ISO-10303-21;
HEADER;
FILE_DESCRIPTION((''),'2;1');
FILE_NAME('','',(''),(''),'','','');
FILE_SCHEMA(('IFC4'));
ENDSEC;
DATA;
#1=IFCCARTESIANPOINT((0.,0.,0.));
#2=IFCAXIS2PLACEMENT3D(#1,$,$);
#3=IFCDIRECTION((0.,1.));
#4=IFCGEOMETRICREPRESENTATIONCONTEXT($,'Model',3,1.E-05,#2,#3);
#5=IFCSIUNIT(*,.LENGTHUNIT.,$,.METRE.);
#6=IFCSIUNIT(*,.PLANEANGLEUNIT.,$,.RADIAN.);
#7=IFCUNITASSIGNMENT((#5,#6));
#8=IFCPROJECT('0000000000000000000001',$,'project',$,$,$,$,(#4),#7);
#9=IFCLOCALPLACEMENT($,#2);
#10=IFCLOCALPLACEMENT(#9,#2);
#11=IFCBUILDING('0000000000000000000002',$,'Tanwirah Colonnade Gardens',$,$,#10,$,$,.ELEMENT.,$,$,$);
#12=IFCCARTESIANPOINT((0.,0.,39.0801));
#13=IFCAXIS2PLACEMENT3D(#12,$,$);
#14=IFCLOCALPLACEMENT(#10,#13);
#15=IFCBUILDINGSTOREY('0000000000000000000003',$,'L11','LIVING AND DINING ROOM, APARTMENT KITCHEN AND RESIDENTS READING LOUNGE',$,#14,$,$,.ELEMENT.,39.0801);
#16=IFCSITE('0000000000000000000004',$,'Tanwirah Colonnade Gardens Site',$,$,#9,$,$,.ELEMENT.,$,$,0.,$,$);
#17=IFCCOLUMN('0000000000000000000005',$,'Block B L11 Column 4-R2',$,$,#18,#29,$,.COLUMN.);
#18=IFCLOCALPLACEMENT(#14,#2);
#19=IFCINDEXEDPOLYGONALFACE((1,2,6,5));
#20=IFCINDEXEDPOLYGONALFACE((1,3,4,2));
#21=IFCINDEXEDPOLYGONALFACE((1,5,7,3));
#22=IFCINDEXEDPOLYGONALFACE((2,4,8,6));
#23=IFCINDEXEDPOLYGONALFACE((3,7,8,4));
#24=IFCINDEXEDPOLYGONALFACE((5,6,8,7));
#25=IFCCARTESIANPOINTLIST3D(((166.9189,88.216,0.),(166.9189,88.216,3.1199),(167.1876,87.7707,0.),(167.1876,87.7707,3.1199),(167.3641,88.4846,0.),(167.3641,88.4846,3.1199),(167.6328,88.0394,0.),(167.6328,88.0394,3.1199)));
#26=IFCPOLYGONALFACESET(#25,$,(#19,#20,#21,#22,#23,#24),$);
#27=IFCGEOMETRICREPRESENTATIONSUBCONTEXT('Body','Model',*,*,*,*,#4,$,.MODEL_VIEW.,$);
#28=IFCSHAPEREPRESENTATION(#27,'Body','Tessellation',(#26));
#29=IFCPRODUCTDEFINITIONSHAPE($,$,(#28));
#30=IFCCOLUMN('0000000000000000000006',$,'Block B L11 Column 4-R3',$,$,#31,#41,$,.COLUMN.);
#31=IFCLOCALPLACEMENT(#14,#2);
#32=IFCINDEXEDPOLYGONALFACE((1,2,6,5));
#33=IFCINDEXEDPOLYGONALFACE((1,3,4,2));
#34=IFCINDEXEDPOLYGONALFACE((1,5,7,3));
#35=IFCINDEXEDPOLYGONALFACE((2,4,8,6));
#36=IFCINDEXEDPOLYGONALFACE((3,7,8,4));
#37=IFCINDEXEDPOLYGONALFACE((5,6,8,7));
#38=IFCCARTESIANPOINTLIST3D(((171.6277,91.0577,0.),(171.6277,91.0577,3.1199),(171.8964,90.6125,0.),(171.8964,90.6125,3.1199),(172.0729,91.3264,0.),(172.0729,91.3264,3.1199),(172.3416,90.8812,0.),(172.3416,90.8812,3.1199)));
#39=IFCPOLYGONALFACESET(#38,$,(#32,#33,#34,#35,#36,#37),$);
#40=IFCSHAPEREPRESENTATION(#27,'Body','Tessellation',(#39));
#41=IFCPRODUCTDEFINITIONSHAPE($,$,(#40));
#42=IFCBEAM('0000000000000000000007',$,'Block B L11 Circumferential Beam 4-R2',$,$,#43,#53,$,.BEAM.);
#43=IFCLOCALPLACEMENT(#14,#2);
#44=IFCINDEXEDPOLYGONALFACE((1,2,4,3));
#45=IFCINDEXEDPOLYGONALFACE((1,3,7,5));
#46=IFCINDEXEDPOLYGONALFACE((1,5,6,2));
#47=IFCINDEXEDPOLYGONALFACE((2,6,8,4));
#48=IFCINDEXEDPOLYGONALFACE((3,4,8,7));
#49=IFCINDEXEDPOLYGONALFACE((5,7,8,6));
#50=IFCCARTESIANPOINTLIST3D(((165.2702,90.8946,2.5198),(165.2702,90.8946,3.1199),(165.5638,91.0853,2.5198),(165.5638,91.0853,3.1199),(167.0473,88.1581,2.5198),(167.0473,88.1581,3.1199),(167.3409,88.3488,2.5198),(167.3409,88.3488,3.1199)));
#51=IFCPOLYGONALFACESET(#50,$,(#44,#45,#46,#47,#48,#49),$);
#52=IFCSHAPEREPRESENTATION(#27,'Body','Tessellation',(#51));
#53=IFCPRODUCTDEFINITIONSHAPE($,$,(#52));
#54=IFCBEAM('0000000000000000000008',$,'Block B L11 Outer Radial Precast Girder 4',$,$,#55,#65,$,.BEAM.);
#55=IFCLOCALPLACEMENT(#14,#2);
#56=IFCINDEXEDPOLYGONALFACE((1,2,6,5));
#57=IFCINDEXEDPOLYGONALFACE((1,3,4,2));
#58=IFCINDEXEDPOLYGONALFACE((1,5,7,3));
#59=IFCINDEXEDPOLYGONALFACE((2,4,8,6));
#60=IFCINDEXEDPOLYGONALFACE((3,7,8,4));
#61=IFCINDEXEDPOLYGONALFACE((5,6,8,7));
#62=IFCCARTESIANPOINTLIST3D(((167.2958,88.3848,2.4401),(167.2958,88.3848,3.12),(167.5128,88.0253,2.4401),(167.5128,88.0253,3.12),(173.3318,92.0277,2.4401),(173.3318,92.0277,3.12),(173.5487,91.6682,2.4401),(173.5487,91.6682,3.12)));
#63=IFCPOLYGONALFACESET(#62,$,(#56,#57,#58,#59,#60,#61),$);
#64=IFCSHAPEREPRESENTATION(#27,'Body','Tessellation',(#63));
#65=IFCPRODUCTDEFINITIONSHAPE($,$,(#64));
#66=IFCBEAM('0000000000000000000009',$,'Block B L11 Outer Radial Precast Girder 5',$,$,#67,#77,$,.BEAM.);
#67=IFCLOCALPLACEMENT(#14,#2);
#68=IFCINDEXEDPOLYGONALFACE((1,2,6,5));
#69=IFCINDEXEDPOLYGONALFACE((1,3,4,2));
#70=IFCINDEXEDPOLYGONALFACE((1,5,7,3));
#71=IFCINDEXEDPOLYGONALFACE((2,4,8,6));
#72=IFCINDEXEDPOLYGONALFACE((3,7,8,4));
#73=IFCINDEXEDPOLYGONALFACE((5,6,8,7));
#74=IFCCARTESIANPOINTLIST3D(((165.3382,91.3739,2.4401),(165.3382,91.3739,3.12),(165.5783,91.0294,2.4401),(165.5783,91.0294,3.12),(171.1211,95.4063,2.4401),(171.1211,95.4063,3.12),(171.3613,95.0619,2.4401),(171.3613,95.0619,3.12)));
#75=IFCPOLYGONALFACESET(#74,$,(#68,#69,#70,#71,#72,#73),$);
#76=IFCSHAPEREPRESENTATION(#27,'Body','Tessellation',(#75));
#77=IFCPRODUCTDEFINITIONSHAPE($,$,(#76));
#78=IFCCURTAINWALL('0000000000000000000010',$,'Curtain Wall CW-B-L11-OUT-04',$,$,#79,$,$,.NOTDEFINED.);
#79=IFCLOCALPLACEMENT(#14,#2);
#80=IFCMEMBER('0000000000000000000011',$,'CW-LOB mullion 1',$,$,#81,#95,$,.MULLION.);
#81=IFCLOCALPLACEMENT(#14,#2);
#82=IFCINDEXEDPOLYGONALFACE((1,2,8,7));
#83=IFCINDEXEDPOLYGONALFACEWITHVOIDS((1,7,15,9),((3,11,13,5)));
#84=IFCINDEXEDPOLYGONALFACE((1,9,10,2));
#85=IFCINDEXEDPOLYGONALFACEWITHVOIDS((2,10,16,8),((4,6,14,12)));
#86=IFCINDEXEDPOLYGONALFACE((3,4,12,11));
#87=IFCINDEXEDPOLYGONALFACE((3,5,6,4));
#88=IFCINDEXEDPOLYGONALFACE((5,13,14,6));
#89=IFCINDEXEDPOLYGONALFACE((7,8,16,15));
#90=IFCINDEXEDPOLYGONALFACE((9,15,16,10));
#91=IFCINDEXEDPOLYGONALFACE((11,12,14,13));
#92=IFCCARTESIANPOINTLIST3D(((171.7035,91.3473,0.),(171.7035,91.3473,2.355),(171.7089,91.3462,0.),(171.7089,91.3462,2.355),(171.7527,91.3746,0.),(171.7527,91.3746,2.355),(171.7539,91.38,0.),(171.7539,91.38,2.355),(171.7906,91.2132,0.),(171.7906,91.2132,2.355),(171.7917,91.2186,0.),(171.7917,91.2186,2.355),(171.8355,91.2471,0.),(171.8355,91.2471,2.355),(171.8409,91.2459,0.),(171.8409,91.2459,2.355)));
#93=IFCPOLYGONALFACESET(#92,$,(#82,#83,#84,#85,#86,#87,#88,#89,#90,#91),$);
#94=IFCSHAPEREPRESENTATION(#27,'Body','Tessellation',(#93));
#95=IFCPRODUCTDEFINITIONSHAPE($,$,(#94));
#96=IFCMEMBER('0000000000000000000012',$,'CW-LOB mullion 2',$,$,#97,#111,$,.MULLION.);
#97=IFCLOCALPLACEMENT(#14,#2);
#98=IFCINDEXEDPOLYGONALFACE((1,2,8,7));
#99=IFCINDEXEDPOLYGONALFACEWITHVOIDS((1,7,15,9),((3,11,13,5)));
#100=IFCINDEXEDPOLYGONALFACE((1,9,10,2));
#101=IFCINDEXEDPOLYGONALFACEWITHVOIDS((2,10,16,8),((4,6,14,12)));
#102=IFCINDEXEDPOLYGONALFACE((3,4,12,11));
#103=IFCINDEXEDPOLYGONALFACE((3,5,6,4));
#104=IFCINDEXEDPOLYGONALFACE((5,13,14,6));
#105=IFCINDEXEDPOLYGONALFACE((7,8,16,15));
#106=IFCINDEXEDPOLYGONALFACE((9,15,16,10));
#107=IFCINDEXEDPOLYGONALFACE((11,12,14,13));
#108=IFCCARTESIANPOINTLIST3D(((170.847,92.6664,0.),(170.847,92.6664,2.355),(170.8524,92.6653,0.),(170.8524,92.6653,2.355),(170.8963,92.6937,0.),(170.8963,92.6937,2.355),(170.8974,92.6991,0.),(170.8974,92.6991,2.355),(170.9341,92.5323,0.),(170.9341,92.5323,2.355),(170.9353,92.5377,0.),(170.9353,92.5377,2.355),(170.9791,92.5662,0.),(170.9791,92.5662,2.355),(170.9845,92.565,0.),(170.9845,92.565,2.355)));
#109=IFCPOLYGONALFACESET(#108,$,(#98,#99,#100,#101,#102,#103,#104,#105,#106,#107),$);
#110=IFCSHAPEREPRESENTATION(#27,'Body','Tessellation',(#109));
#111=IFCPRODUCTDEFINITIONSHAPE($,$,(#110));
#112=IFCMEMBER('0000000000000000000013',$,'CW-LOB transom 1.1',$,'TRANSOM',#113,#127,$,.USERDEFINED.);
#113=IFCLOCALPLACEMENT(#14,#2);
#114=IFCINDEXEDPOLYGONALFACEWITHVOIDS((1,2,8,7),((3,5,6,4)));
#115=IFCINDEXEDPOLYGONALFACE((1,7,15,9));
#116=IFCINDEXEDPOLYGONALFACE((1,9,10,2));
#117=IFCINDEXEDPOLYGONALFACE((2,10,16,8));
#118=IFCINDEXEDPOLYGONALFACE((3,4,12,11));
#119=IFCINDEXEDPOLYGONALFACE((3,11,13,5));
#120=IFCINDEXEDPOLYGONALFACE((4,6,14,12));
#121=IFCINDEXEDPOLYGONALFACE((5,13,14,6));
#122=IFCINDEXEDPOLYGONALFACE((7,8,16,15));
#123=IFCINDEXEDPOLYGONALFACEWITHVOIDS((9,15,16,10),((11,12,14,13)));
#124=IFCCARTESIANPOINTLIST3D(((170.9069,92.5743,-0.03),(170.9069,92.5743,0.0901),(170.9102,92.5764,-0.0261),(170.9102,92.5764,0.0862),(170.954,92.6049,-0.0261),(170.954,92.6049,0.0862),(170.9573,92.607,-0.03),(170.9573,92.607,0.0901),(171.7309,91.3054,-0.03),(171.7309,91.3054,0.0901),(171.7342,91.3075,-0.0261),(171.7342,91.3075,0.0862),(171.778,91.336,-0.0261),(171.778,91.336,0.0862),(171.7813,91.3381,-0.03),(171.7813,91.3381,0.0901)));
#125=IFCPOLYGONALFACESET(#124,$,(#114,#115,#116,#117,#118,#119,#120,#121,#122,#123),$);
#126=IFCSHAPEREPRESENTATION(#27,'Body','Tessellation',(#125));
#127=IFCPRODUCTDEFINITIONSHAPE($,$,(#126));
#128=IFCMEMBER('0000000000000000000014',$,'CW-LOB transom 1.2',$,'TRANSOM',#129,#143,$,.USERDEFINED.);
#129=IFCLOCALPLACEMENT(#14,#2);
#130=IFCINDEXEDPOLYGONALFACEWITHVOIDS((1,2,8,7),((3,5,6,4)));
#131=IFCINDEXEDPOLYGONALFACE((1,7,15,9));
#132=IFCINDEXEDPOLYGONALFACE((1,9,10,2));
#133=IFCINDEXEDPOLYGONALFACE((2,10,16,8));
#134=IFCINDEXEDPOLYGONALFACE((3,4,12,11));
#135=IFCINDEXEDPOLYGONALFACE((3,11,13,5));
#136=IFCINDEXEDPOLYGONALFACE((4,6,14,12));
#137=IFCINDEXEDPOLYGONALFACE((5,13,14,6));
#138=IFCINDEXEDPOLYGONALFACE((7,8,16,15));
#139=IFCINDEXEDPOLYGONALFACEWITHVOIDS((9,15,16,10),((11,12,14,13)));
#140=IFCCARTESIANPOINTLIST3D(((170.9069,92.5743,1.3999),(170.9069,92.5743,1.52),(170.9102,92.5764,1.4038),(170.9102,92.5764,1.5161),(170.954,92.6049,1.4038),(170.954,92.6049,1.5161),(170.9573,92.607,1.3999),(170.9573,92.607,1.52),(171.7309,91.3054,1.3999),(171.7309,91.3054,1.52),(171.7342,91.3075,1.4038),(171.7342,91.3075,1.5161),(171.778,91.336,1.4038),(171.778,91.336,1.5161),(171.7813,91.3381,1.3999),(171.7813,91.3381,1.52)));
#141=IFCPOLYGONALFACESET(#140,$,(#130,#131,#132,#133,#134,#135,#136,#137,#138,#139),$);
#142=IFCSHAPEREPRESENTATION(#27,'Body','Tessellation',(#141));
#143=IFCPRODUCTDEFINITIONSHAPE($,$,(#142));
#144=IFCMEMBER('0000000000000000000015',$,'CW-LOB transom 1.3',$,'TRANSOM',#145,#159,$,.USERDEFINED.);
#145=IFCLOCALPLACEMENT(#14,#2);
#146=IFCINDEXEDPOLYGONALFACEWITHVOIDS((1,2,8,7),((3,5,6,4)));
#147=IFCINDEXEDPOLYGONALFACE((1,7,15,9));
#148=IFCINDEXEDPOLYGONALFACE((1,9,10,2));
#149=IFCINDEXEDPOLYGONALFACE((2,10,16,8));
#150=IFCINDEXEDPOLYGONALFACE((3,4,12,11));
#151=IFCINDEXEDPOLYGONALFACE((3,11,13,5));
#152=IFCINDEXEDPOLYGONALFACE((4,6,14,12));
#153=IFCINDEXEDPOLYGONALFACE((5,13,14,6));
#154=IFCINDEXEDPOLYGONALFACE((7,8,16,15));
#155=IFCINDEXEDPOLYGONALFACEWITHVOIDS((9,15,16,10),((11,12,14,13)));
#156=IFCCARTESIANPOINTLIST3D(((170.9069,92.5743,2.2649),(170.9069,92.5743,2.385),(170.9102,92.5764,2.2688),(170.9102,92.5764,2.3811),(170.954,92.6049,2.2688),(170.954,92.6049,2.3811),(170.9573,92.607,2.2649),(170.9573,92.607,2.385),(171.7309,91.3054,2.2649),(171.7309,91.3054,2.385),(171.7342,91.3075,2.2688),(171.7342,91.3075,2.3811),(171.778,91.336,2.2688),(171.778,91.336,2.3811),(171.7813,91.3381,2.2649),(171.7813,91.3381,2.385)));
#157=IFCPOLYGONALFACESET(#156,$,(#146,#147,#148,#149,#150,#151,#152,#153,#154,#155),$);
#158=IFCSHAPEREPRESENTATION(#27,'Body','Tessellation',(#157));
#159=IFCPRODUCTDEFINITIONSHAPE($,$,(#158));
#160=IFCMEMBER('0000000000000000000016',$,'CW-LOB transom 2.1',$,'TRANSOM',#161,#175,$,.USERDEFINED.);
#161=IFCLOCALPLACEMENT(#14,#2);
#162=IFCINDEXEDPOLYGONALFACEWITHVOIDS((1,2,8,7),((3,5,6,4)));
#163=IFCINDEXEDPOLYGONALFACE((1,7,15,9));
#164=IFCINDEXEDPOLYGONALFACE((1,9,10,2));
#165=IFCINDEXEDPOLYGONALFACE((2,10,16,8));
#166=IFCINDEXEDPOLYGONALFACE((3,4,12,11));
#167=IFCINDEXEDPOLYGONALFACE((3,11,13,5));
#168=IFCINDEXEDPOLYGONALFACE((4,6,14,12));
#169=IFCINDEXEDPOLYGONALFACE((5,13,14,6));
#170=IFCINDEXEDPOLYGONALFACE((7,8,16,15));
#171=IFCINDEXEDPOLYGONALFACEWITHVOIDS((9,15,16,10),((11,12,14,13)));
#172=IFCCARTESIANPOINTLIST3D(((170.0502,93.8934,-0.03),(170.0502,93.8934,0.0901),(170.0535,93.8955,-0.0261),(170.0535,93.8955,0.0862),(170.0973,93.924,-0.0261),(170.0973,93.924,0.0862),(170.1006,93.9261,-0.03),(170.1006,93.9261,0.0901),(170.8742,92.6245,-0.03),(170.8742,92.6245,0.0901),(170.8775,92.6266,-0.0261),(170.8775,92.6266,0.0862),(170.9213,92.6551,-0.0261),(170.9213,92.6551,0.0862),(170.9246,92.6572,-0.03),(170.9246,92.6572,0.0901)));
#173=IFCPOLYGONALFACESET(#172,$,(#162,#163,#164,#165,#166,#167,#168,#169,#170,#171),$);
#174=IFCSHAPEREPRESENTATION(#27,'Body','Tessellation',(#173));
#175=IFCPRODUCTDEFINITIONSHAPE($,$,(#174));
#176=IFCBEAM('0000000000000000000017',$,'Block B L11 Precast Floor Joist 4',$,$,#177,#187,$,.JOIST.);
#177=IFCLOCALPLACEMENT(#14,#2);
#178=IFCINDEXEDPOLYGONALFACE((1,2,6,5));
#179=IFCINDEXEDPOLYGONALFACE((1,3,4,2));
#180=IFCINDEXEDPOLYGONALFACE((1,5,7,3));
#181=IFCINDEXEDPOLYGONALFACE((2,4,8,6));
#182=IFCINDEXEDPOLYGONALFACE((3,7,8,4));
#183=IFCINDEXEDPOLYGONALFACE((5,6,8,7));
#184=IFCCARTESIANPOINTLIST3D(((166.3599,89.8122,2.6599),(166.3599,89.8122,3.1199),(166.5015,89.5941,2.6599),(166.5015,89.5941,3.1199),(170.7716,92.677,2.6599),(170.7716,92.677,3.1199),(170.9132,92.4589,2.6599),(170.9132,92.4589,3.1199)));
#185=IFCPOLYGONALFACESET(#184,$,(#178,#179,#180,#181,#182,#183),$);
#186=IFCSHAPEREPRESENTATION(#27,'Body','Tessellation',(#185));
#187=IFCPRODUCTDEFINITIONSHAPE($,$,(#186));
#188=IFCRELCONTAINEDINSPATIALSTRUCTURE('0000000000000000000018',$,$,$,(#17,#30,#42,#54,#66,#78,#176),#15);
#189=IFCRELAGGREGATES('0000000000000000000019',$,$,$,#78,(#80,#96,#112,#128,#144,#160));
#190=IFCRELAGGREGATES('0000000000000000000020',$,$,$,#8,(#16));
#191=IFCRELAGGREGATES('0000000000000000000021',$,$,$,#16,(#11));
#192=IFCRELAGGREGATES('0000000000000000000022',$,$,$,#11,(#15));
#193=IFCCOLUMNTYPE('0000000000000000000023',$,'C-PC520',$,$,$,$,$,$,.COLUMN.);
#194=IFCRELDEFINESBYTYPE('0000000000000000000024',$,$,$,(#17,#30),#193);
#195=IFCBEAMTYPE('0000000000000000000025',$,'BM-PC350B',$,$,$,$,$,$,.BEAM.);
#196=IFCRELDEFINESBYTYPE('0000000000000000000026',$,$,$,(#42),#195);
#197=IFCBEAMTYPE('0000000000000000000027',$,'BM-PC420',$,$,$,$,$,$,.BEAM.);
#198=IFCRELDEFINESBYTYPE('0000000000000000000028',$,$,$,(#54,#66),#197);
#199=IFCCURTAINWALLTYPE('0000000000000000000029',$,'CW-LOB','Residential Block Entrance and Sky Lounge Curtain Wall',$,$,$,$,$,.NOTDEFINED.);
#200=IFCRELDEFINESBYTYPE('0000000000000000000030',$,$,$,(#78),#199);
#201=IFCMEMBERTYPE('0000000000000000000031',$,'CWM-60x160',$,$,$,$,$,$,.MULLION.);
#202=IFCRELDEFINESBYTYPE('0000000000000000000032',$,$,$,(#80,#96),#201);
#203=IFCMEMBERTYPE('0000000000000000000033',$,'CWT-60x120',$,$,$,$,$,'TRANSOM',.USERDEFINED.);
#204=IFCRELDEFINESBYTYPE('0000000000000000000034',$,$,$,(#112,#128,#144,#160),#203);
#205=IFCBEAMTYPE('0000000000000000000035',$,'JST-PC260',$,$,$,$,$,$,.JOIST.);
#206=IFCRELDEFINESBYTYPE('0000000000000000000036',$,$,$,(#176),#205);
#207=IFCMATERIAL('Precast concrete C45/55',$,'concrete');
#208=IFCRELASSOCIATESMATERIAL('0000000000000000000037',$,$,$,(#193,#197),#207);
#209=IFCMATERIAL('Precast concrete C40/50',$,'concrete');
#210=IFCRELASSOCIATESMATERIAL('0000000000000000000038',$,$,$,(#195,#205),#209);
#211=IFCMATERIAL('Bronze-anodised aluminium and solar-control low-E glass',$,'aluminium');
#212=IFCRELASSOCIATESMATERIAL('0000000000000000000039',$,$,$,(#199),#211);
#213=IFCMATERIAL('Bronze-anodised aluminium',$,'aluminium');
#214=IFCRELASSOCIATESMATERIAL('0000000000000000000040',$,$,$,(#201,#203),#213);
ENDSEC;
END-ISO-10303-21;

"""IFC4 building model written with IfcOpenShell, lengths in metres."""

from ifc_helpers import new_model, si_unit, direction, frame, origin, origin_2d, place, context, subcontext, project, spatial, rectangle, hollow_rectangle, extrude, material, material_profile, profile_set, type_object, element, aggregate, save


model = new_model("IFC4")

# Units and contexts
model_context = context("Model", 3, precision=1e-05, world=origin(), true_north=direction((0.0, 1.0)))
body_context = subcontext(model_context, "Body", "Model", "MODEL_VIEW")
ifc_project = project(units=[si_unit("LENGTHUNIT", "METRE"), si_unit("PLANEANGLEUNIT", "RADIAN")], contexts=[model_context])

# Site, building, storey
site_placement = place(None, origin())
site = spatial("IfcSite", under=ifc_project, at=site_placement, Name="Tanwirah Colonnade Gardens Site", CompositionType="ELEMENT", RefElevation=0.0)
building_placement = place(site_placement, origin())
building = spatial("IfcBuilding", under=site, at=building_placement, Name="Tanwirah Colonnade Gardens", CompositionType="ELEMENT")
storey_placement = place(building_placement, frame((0.0, 0.0, 39.0801)))
storey = spatial("IfcBuildingStorey", under=building, at=storey_placement, Name="L11", Description="LIVING AND DINING ROOM, APARTMENT KITCHEN AND RESIDENTS READING LOUNGE", CompositionType="ELEMENT", Elevation=39.0801)

# Columns
ifc_material_1 = material(Name="Precast concrete C45/55", Category="concrete")
ifc_material_profile_1 = material_profile(ifc_material_1, rectangle(XDim=0.52, YDim=0.52, at=origin_2d()), Name="PC-COL 520x520")
ifc_profile_set_1 = profile_set([ifc_material_profile_1], Name="Precast concrete C45/55")
column_type = type_object("IfcColumnType", Name="C-PC520", PredefinedType="COLUMN", material=ifc_profile_set_1)
for number, where, z_axis, x_axis, name in (
    (1, (167.2759, 88.1277, 0.0), (0.0, 0.0, 1.0), (0.856167, 0.516699, 0.0), "Block B L11 Column 4-R2"),
    (2, (171.9846, 90.9695, 0.0), (0.0, 0.0, 1.0), (0.856167, 0.516699, 0.0), "Block B L11 Column 4-R3"),
):
    element("IfcColumn", number, at=place(storey_placement, frame(where, z_axis=z_axis, x_axis=x_axis)), inside=storey, type_object=column_type, Name=name, PredefinedType="COLUMN", context=body_context, shape_type="SweptSolid", body=[
        extrude(rectangle(XDim=0.52, YDim=0.52, at=origin_2d()), origin(), (0.0, 0.0, 1.0), 3.1199),
    ])

# Beams
ifc_material_2 = material(Name="Precast concrete C40/50", Category="concrete")
ifc_material_profile_2 = material_profile(ifc_material_2, rectangle(XDim=0.3501, YDim=0.6001, at=origin_2d()), Name="PC-BM 350x600")
ifc_profile_set_2 = profile_set([ifc_material_profile_2], Name="Precast concrete C40/50")
beam_type_1 = type_object("IfcBeamType", Name="BM-PC350B", PredefinedType="BEAM", material=ifc_profile_set_2)
beam_1_placement = place(storey_placement, frame((167.1941, 88.2534, 2.8198), z_axis=(-0.544628, 0.838678, 0.0), x_axis=(-0.838678, -0.544628, 0.0)))
element("IfcBeam", 3, at=beam_1_placement, inside=storey, type_object=beam_type_1, Name="Block B L11 Circumferential Beam 4-R2", PredefinedType="BEAM", context=body_context, shape_type="SweptSolid", body=[
    extrude(rectangle(XDim=0.3501, YDim=0.6001, at=origin_2d()), origin(), (0.0, 0.0, 1.0), 3.2629),
])
ifc_material_profile_3 = material_profile(ifc_material_1, rectangle(XDim=0.4199, YDim=0.6799, at=origin_2d()), Name="PC-BM 420x680")
ifc_profile_set_3 = profile_set([ifc_material_profile_3], Name="Precast concrete C45/55")
beam_type_2 = type_object("IfcBeamType", Name="BM-PC420", PredefinedType="BEAM", material=ifc_profile_set_3)
for number, where, z_axis, x_axis, name in (
    (4, (167.4043, 88.2051, 2.78), (0.856158, 0.516714, 0.0), (-0.516714, 0.856158, 0.0), "Block B L11 Outer Radial Precast Girder 4"),
    (5, (165.4583, 91.2017, 2.78), (0.82027, 0.571976, 0.0), (-0.571976, 0.82027, 0.0), "Block B L11 Outer Radial Precast Girder 5"),
):
    element("IfcBeam", number, at=place(storey_placement, frame(where, z_axis=z_axis, x_axis=x_axis)), inside=storey, type_object=beam_type_2, Name=name, PredefinedType="BEAM", context=body_context, shape_type="SweptSolid", body=[
        extrude(rectangle(XDim=0.4199, YDim=0.6799, at=origin_2d()), origin(), (0.0, 0.0, 1.0), 7.05),
    ])

# Curtain wall, members
ifc_material_3 = material(Name="Bronze-anodised aluminium and solar-control low-E glass", Category="aluminium")
curtain_wall_type = type_object("IfcCurtainWallType", Name="CW-LOB", Description="Residential Block Entrance and Sky Lounge Curtain Wall", PredefinedType="NOTDEFINED", material=ifc_material_3)
curtain_wall_placement = place(storey_placement, origin())
curtain_wall = element("IfcCurtainWall", 6, at=curtain_wall_placement, inside=storey, type_object=curtain_wall_type, Name="Curtain Wall CW-B-L11-OUT-04", PredefinedType="NOTDEFINED")
ifc_material_4 = material(Name="Bronze-anodised aluminium", Category="aluminium")
ifc_material_profile_4 = material_profile(ifc_material_4, hollow_rectangle(XDim=0.0601, YDim=0.1599, WallThickness=0.0039, at=origin_2d()), Name="CW-MUL 60x160x4")
ifc_profile_set_4 = profile_set([ifc_material_profile_4], Name="Bronze-anodised aluminium")
member_type_1 = type_object("IfcMemberType", Name="CWM-60x160", PredefinedType="MULLION", material=ifc_profile_set_4)
member_1_placement = place(storey_placement, frame((171.7722, 91.2966, 0.0), z_axis=(0.0, 0.0, 1.0), x_axis=(-0.83867, -0.54464, 0.0)))
member_1 = element("IfcMember", 7, at=member_1_placement, type_object=member_type_1, Name="CW-LOB mullion 1", PredefinedType="MULLION", context=body_context, shape_type="SweptSolid", body=[
    extrude(hollow_rectangle(XDim=0.0601, YDim=0.1599, WallThickness=0.0039, at=origin_2d()), origin(), (0.0, 0.0, 1.0), 2.355),
])
member_2_placement = place(storey_placement, frame((170.9158, 92.6157, 0.0), z_axis=(0.0, 0.0, 1.0), x_axis=(-0.83867, -0.54464, 0.0)))
member_2 = element("IfcMember", 8, at=member_2_placement, type_object=member_type_1, Name="CW-LOB mullion 2", PredefinedType="MULLION", context=body_context, shape_type="SweptSolid", body=[
    extrude(hollow_rectangle(XDim=0.0601, YDim=0.1599, WallThickness=0.0039, at=origin_2d()), origin(), (0.0, 0.0, 1.0), 2.355),
])
ifc_material_profile_5 = material_profile(ifc_material_4, hollow_rectangle(XDim=0.0601, YDim=0.1201, WallThickness=0.0039, at=origin_2d()), Name="CW-TRN 60x120x4")
ifc_profile_set_5 = profile_set([ifc_material_profile_5], Name="Bronze-anodised aluminium")
member_type_2 = type_object("IfcMemberType", Name="CWT-60x120", ElementType="TRANSOM", PredefinedType="USERDEFINED", material=ifc_profile_set_5)
member_3_placement = place(storey_placement, frame((171.7561, 91.3218, 0.03), z_axis=(-0.544642, 0.838668, 0.0), x_axis=(-0.838668, -0.544642, 0.0)))
member_3 = element("IfcMember", 9, at=member_3_placement, type_object=member_type_2, Name="CW-LOB transom 1.1", ObjectType="TRANSOM", PredefinedType="USERDEFINED", context=body_context, shape_type="SweptSolid", body=[
    extrude(hollow_rectangle(XDim=0.0601, YDim=0.1201, WallThickness=0.0039, at=origin_2d()), origin(), (0.0, 0.0, 1.0), 1.5129),
])
member_4_placement = place(storey_placement, frame((171.7561, 91.3218, 1.46), z_axis=(-0.544642, 0.838668, 0.0), x_axis=(-0.838668, -0.544642, 0.0)))
member_4 = element("IfcMember", 10, at=member_4_placement, type_object=member_type_2, Name="CW-LOB transom 1.2", ObjectType="TRANSOM", PredefinedType="USERDEFINED", context=body_context, shape_type="SweptSolid", body=[
    extrude(hollow_rectangle(XDim=0.0601, YDim=0.1201, WallThickness=0.0039, at=origin_2d()), origin(), (0.0, 0.0, 1.0), 1.5129),
])
member_5_placement = place(storey_placement, frame((171.7561, 91.3218, 2.325), z_axis=(-0.544642, 0.838668, 0.0), x_axis=(-0.838668, -0.544642, 0.0)))
member_5 = element("IfcMember", 11, at=member_5_placement, type_object=member_type_2, Name="CW-LOB transom 1.3", ObjectType="TRANSOM", PredefinedType="USERDEFINED", context=body_context, shape_type="SweptSolid", body=[
    extrude(hollow_rectangle(XDim=0.0601, YDim=0.1201, WallThickness=0.0039, at=origin_2d()), origin(), (0.0, 0.0, 1.0), 1.5129),
])
member_6_placement = place(storey_placement, frame((170.8994, 92.6409, 0.03), z_axis=(-0.544642, 0.838668, 0.0), x_axis=(-0.838668, -0.544642, 0.0)))
member_6 = element("IfcMember", 12, at=member_6_placement, type_object=member_type_2, Name="CW-LOB transom 2.1", ObjectType="TRANSOM", PredefinedType="USERDEFINED", context=body_context, shape_type="SweptSolid", body=[
    extrude(hollow_rectangle(XDim=0.0601, YDim=0.1201, WallThickness=0.0039, at=origin_2d()), origin(), (0.0, 0.0, 1.0), 1.5129),
])

# Beam
ifc_material_profile_6 = material_profile(ifc_material_2, rectangle(XDim=0.26, YDim=0.46, at=origin_2d()), Name="PC-JST 260x460")
ifc_profile_set_6 = profile_set([ifc_material_profile_6], Name="Precast concrete C40/50")
beam_type_3 = type_object("IfcBeamType", Name="JST-PC260", PredefinedType="JOIST", material=ifc_profile_set_6)
beam_2_placement = place(storey_placement, frame((166.4307, 89.7031, 2.8899), z_axis=(0.838687, 0.544613, 0.0), x_axis=(-0.544613, 0.838687, 0.0)))
element("IfcBeam", 13, at=beam_2_placement, inside=storey, type_object=beam_type_3, Name="Block B L11 Precast Floor Joist 4", PredefinedType="JOIST", context=body_context, shape_type="SweptSolid", body=[
    extrude(rectangle(XDim=0.26, YDim=0.46, at=origin_2d()), origin(), (0.0, 0.0, 1.0), 5.2603),
])

aggregate(curtain_wall, [member_1, member_2, member_3, member_4, member_5, member_6])

save(model, "model.ifc")
